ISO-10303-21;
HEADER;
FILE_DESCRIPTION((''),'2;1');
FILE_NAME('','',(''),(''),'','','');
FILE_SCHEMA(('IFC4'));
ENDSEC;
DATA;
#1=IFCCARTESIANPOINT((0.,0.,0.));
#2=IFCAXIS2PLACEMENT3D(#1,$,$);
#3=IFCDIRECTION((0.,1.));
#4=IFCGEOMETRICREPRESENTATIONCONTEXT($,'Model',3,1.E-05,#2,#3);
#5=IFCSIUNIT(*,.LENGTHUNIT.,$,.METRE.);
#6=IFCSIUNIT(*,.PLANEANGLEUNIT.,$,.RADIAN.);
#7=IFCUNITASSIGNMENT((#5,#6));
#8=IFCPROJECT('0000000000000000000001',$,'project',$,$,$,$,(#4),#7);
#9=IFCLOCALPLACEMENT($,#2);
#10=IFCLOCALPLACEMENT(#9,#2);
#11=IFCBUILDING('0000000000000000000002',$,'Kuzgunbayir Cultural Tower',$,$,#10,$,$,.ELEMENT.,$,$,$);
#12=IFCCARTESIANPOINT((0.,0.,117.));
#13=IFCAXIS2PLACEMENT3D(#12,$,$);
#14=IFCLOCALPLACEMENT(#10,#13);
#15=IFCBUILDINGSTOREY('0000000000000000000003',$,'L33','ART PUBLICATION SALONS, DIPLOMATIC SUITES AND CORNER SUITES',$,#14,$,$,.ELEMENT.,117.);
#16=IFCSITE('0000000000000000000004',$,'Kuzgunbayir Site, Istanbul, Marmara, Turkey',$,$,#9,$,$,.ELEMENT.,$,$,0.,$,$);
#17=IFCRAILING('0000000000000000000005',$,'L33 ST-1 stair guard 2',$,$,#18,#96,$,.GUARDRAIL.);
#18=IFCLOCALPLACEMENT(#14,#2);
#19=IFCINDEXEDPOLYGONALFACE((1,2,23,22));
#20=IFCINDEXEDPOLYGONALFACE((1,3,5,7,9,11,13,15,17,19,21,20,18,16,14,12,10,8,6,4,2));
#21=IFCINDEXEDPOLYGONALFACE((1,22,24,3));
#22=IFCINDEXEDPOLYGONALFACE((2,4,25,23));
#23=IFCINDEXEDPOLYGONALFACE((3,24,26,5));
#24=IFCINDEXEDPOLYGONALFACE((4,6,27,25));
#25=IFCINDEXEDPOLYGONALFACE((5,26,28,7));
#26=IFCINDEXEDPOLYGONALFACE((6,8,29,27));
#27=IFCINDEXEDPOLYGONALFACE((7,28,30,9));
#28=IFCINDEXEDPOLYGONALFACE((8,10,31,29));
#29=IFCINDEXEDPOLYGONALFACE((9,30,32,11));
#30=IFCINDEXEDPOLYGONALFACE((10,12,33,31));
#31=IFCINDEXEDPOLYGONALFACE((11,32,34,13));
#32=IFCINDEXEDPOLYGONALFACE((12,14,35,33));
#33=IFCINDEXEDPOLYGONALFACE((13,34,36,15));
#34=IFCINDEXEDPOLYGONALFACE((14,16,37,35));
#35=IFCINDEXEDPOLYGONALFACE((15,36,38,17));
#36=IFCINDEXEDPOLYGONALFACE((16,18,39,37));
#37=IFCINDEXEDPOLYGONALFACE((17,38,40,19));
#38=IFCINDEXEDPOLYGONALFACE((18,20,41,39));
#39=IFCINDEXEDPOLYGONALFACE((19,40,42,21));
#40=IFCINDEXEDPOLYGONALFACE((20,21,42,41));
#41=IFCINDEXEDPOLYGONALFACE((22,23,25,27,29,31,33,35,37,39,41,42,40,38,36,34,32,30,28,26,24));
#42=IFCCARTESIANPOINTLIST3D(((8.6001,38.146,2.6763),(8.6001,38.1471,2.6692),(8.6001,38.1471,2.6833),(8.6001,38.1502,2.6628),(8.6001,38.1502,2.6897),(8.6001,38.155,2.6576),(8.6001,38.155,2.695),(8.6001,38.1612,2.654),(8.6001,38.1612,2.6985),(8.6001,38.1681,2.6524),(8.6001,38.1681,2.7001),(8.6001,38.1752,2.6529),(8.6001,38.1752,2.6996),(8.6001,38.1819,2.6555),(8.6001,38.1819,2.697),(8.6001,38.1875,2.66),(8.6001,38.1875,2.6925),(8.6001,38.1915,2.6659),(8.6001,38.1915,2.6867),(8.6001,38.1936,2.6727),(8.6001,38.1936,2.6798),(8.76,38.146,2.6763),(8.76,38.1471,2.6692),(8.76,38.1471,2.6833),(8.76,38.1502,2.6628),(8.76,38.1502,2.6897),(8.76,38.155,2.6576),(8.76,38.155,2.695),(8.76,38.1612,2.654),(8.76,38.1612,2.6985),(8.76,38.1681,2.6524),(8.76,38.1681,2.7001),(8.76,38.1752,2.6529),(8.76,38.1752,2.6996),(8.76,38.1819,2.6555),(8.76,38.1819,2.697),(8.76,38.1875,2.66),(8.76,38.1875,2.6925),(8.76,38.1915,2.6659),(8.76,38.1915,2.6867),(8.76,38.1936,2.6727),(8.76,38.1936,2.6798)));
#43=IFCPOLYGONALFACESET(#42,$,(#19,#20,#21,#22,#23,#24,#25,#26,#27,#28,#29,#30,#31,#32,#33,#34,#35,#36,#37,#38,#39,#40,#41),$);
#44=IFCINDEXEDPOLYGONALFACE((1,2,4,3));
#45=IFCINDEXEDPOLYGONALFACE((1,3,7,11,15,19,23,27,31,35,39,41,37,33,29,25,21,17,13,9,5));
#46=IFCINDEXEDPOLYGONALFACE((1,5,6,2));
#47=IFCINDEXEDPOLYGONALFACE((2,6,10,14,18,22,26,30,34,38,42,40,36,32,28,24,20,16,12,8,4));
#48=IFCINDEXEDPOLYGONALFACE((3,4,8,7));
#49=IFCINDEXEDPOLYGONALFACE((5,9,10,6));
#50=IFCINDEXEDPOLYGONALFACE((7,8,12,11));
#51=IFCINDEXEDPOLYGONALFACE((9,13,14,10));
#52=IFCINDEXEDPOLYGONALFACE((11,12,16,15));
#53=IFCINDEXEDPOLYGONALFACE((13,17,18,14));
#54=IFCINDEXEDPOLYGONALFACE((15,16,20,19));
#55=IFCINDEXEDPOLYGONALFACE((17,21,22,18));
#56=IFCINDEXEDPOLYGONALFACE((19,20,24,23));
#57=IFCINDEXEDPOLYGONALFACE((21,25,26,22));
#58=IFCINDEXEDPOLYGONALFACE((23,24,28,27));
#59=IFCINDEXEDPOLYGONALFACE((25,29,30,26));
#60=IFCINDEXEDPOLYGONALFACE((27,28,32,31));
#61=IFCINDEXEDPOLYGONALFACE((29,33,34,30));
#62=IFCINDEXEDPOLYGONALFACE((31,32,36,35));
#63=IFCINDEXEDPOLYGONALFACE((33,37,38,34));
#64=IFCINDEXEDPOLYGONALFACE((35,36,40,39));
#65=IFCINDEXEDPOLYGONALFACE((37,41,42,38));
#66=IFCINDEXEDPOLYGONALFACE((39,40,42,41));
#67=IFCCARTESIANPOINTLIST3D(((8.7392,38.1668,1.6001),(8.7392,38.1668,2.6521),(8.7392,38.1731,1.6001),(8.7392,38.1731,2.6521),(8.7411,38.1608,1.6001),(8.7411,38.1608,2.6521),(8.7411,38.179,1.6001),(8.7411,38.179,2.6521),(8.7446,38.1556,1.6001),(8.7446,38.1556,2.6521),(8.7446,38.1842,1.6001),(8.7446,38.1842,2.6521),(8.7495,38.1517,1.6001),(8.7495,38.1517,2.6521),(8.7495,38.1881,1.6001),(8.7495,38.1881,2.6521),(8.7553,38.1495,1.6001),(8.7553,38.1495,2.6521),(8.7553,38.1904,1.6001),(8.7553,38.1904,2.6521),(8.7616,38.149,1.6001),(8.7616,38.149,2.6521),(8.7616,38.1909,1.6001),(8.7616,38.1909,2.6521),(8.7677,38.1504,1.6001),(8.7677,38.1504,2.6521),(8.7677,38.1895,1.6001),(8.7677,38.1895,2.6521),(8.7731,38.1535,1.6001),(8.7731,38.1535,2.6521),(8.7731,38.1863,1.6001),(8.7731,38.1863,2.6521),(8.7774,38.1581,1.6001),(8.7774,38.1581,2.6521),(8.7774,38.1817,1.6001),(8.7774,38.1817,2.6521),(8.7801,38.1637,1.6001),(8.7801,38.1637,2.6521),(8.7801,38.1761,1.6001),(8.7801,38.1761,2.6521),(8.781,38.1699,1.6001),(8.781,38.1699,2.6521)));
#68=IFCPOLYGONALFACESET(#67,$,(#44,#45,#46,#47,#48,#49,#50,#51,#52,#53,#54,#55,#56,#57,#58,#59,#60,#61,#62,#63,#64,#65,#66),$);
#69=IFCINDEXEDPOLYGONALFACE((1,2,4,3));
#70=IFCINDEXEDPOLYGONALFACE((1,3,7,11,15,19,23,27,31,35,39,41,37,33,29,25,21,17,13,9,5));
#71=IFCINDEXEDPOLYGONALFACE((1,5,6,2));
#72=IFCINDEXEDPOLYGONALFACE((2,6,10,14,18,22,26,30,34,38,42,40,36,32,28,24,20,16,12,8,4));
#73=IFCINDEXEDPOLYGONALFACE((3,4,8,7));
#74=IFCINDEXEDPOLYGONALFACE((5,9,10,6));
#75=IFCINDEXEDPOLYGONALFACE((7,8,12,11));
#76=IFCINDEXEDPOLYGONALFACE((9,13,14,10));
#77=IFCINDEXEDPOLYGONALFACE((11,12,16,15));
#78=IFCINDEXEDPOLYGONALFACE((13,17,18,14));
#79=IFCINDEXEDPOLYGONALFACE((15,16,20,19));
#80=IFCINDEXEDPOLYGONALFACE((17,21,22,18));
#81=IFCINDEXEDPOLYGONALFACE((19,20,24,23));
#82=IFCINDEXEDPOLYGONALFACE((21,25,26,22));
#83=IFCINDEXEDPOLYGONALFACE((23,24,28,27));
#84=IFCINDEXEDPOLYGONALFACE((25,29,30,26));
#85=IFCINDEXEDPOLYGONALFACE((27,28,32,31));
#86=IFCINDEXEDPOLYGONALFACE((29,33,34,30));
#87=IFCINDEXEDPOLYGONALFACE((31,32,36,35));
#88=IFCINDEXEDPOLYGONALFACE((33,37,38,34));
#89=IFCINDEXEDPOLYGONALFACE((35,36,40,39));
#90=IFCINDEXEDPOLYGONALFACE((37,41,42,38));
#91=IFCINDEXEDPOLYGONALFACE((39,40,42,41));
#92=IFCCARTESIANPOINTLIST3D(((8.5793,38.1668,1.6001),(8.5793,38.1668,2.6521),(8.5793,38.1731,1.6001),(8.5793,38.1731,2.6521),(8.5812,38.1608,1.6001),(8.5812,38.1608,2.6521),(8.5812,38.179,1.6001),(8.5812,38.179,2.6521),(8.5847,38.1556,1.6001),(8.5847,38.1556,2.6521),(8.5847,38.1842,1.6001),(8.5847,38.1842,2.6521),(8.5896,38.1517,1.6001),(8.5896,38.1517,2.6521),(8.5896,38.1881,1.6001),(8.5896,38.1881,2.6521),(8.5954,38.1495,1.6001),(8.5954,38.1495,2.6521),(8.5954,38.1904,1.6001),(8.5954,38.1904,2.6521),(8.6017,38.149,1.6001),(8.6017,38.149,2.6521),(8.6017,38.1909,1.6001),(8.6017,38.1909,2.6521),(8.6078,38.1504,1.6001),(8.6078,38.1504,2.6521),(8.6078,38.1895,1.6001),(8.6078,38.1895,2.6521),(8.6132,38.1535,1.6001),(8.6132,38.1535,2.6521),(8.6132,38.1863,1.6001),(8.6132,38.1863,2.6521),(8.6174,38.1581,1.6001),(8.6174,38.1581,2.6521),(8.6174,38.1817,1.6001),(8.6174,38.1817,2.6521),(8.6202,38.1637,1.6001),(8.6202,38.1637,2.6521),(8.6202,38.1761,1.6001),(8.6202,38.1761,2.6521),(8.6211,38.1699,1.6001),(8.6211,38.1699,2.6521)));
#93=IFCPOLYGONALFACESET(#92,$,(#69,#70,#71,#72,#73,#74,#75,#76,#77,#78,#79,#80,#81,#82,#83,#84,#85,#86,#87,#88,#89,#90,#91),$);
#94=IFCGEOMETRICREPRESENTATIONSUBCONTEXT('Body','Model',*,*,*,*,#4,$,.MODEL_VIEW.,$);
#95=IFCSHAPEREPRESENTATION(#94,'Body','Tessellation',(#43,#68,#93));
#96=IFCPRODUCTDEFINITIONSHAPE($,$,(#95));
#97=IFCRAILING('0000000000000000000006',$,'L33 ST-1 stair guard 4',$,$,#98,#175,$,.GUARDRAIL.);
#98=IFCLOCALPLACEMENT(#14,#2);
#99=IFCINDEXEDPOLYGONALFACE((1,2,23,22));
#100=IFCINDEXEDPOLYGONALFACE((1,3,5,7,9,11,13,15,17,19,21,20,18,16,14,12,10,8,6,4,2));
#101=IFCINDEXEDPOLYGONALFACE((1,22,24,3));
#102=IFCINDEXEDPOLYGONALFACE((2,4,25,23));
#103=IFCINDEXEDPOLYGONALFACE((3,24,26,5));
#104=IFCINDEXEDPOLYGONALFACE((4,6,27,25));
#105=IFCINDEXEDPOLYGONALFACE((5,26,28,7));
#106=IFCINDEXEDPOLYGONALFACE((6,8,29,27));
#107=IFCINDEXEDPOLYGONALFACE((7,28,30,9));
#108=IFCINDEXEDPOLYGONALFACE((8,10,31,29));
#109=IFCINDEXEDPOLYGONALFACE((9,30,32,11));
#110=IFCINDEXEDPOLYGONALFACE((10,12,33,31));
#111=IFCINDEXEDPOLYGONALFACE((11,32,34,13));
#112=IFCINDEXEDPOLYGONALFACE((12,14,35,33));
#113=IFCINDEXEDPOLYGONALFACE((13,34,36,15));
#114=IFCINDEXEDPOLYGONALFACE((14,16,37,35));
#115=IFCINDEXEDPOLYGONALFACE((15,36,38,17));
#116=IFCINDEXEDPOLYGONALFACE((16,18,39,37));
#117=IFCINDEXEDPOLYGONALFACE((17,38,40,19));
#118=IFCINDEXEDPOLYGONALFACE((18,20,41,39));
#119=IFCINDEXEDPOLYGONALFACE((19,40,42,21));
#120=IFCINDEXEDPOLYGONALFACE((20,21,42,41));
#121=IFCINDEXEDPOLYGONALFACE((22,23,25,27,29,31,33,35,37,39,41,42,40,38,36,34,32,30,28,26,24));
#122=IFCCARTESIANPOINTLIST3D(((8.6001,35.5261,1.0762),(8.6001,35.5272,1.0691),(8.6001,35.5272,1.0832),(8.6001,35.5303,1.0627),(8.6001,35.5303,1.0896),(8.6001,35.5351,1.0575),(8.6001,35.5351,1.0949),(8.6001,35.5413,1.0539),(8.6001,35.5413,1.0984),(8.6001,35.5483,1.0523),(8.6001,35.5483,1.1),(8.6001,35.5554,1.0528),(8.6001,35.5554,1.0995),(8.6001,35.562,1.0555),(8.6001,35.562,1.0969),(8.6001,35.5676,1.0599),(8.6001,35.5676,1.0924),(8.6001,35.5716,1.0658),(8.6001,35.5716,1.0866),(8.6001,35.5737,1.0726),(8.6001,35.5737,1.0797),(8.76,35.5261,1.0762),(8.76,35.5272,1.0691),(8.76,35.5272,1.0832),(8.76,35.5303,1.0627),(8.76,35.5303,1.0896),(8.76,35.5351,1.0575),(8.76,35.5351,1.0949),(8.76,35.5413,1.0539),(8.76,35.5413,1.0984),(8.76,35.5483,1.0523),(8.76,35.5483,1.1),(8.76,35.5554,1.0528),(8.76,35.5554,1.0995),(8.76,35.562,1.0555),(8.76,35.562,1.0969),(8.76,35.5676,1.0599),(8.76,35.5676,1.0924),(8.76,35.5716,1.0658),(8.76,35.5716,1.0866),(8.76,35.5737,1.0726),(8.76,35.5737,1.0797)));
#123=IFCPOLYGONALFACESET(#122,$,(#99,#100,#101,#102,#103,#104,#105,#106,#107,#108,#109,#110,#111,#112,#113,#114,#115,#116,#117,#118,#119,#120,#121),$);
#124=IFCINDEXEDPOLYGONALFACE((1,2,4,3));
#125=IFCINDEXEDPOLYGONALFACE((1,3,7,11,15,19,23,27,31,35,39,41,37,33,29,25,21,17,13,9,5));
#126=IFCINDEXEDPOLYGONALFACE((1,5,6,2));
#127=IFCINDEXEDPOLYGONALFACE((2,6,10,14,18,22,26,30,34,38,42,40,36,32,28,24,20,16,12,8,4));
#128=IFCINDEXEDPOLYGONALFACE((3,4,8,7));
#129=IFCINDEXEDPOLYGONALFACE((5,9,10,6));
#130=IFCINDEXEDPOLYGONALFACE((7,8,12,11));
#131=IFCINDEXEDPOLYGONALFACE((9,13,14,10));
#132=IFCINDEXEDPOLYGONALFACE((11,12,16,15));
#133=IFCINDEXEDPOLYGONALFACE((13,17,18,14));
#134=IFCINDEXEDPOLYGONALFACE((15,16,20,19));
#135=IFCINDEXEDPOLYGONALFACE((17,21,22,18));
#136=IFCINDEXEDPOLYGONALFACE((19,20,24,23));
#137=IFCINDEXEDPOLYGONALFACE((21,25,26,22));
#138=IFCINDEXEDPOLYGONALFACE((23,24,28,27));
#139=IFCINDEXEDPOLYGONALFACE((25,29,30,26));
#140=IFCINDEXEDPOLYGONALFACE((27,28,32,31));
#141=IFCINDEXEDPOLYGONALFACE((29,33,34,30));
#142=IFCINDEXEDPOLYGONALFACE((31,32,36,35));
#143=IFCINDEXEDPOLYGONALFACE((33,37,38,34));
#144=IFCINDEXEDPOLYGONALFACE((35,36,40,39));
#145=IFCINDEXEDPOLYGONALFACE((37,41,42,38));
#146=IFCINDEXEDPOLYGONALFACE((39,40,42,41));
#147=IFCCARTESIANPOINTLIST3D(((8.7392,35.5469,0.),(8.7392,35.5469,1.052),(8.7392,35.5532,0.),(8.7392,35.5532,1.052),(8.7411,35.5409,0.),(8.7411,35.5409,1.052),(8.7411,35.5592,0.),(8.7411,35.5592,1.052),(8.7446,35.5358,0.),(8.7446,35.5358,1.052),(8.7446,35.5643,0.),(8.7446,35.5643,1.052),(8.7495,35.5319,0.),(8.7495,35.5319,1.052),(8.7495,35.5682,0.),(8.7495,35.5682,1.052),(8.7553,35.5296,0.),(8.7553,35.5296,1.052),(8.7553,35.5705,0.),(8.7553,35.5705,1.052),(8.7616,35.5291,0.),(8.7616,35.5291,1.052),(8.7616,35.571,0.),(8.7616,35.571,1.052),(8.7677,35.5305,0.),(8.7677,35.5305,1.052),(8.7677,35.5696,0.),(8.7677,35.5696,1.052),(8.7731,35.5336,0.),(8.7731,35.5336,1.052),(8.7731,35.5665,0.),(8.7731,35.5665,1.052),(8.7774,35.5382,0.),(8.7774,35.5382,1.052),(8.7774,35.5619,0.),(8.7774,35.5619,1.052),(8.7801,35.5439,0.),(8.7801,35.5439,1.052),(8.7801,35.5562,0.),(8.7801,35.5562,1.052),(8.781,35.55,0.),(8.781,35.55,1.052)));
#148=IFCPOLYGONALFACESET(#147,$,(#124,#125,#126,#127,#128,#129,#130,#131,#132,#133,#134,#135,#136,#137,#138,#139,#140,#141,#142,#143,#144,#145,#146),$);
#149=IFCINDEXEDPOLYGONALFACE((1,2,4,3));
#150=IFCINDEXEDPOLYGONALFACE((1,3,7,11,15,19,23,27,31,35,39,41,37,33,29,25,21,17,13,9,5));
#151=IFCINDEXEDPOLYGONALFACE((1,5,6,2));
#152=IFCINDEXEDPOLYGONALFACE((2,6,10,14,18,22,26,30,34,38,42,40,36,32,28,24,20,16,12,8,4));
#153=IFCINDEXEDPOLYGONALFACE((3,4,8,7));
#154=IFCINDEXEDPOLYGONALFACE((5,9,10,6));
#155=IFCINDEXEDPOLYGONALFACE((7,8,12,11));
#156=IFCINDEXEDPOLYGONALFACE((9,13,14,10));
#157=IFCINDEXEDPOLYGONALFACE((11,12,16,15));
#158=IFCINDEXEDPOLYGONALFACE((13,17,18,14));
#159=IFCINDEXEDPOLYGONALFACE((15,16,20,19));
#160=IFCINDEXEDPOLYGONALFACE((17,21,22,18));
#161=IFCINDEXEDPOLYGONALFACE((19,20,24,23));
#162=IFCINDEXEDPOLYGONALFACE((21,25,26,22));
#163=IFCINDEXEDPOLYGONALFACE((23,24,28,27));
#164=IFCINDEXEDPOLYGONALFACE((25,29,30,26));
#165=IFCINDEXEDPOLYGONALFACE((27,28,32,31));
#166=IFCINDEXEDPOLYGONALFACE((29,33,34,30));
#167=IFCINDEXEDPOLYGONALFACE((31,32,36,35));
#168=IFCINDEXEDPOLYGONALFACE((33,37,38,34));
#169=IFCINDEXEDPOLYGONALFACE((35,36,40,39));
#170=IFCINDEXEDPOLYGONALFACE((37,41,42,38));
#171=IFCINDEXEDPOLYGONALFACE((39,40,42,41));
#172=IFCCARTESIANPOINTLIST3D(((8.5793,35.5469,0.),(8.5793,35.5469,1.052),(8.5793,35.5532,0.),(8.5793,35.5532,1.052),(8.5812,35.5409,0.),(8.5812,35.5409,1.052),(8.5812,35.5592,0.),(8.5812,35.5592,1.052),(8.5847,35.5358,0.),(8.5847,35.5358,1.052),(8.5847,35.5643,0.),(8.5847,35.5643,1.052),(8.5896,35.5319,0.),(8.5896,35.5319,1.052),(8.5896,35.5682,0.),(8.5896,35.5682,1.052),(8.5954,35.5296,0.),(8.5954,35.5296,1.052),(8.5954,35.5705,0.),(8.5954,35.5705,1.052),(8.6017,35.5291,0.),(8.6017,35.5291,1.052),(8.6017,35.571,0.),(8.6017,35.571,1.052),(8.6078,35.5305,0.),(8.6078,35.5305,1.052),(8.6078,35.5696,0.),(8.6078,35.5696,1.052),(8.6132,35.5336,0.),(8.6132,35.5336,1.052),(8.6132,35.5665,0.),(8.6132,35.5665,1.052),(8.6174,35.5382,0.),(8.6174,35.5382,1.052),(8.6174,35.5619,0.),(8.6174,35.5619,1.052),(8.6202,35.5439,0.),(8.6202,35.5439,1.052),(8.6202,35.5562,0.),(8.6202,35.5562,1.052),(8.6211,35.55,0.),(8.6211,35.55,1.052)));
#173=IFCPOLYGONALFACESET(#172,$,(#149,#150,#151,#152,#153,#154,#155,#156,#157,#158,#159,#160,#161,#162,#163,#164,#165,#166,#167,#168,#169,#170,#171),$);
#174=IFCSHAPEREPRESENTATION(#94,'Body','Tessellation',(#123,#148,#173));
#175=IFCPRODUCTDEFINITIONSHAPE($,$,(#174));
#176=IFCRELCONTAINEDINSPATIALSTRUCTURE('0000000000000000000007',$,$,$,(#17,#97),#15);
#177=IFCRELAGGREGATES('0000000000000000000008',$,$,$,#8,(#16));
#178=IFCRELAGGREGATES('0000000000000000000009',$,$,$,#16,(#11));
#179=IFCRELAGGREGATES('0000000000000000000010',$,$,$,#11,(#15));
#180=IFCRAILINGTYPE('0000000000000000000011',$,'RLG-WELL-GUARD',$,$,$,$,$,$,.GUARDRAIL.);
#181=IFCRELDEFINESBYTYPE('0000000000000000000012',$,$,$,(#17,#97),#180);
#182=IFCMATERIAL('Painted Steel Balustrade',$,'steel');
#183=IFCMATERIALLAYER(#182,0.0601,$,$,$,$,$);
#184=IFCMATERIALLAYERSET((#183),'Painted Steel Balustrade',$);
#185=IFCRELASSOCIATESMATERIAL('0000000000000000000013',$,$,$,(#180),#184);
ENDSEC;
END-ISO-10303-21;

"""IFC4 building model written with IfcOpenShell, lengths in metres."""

from ifc_helpers import new_model, si_unit, direction, frame, origin, origin_2d, place, context, subcontext, project, spatial, circle, extrude, material, layer, layer_set, type_object, element, save


model = new_model("IFC4")

# Units and contexts
model_context = context("Model", 3, precision=1e-05, world=origin(), true_north=direction((0.0, 1.0)))
body_context = subcontext(model_context, "Body", "Model", "MODEL_VIEW")
ifc_project = project(units=[si_unit("LENGTHUNIT", "METRE"), si_unit("PLANEANGLEUNIT", "RADIAN")], contexts=[model_context])

# Site, building, storey
site_placement = place(None, origin())
site = spatial("IfcSite", under=ifc_project, at=site_placement, Name="Kuzgunbayir Site, Istanbul, Marmara, Turkey", CompositionType="ELEMENT", RefElevation=0.0)
building_placement = place(site_placement, origin())
building = spatial("IfcBuilding", under=site, at=building_placement, Name="Kuzgunbayir Cultural Tower", CompositionType="ELEMENT")
storey_placement = place(building_placement, frame((0.0, 0.0, 117.0)))
storey = spatial("IfcBuildingStorey", under=building, at=storey_placement, Name="L33", Description="ART PUBLICATION SALONS, DIPLOMATIC SUITES AND CORNER SUITES", CompositionType="ELEMENT", Elevation=117.0)

# Railings
ifc_material_1 = material(Name="Painted Steel Balustrade", Category="steel")
ifc_layer_1 = layer(ifc_material_1, 0.0601)
ifc_layer_set_1 = layer_set([ifc_layer_1], Name="Painted Steel Balustrade")
railing_type_1 = type_object("IfcRailingType", Name="RLG-WELL-GUARD", PredefinedType="GUARDRAIL", material=ifc_layer_set_1)
for number, where, name in (
    (1, (8.76, 38.1699, 1.6001), "L33 ST-1 stair guard 2"),
    (2, (8.76, 35.55, 0.0), "L33 ST-1 stair guard 4"),
):
    element("IfcRailing", number, at=place(storey_placement, frame(where)), inside=storey, type_object=railing_type_1, Name=name, PredefinedType="GUARDRAIL", context=body_context, shape_type="SweptSolid", body=[
        extrude(circle(Radius=0.0239, at=origin_2d()), frame((0.0, 0.0, 1.0762), z_axis=(-1.0, 0.0, 0.0), x_axis=(0.0, -1.0, 0.0)), (0.0, 0.0, 1.0), 0.1599),
        extrude(circle(Radius=0.021, at=origin_2d()), origin(), (0.0, 0.0, 1.0), 1.052),
        extrude(circle(Radius=0.021, at=origin_2d()), frame((-0.1599, 0.0, 0.0)), (0.0, 0.0, 1.0), 1.052),
    ])

save(model, "model.ifc")
